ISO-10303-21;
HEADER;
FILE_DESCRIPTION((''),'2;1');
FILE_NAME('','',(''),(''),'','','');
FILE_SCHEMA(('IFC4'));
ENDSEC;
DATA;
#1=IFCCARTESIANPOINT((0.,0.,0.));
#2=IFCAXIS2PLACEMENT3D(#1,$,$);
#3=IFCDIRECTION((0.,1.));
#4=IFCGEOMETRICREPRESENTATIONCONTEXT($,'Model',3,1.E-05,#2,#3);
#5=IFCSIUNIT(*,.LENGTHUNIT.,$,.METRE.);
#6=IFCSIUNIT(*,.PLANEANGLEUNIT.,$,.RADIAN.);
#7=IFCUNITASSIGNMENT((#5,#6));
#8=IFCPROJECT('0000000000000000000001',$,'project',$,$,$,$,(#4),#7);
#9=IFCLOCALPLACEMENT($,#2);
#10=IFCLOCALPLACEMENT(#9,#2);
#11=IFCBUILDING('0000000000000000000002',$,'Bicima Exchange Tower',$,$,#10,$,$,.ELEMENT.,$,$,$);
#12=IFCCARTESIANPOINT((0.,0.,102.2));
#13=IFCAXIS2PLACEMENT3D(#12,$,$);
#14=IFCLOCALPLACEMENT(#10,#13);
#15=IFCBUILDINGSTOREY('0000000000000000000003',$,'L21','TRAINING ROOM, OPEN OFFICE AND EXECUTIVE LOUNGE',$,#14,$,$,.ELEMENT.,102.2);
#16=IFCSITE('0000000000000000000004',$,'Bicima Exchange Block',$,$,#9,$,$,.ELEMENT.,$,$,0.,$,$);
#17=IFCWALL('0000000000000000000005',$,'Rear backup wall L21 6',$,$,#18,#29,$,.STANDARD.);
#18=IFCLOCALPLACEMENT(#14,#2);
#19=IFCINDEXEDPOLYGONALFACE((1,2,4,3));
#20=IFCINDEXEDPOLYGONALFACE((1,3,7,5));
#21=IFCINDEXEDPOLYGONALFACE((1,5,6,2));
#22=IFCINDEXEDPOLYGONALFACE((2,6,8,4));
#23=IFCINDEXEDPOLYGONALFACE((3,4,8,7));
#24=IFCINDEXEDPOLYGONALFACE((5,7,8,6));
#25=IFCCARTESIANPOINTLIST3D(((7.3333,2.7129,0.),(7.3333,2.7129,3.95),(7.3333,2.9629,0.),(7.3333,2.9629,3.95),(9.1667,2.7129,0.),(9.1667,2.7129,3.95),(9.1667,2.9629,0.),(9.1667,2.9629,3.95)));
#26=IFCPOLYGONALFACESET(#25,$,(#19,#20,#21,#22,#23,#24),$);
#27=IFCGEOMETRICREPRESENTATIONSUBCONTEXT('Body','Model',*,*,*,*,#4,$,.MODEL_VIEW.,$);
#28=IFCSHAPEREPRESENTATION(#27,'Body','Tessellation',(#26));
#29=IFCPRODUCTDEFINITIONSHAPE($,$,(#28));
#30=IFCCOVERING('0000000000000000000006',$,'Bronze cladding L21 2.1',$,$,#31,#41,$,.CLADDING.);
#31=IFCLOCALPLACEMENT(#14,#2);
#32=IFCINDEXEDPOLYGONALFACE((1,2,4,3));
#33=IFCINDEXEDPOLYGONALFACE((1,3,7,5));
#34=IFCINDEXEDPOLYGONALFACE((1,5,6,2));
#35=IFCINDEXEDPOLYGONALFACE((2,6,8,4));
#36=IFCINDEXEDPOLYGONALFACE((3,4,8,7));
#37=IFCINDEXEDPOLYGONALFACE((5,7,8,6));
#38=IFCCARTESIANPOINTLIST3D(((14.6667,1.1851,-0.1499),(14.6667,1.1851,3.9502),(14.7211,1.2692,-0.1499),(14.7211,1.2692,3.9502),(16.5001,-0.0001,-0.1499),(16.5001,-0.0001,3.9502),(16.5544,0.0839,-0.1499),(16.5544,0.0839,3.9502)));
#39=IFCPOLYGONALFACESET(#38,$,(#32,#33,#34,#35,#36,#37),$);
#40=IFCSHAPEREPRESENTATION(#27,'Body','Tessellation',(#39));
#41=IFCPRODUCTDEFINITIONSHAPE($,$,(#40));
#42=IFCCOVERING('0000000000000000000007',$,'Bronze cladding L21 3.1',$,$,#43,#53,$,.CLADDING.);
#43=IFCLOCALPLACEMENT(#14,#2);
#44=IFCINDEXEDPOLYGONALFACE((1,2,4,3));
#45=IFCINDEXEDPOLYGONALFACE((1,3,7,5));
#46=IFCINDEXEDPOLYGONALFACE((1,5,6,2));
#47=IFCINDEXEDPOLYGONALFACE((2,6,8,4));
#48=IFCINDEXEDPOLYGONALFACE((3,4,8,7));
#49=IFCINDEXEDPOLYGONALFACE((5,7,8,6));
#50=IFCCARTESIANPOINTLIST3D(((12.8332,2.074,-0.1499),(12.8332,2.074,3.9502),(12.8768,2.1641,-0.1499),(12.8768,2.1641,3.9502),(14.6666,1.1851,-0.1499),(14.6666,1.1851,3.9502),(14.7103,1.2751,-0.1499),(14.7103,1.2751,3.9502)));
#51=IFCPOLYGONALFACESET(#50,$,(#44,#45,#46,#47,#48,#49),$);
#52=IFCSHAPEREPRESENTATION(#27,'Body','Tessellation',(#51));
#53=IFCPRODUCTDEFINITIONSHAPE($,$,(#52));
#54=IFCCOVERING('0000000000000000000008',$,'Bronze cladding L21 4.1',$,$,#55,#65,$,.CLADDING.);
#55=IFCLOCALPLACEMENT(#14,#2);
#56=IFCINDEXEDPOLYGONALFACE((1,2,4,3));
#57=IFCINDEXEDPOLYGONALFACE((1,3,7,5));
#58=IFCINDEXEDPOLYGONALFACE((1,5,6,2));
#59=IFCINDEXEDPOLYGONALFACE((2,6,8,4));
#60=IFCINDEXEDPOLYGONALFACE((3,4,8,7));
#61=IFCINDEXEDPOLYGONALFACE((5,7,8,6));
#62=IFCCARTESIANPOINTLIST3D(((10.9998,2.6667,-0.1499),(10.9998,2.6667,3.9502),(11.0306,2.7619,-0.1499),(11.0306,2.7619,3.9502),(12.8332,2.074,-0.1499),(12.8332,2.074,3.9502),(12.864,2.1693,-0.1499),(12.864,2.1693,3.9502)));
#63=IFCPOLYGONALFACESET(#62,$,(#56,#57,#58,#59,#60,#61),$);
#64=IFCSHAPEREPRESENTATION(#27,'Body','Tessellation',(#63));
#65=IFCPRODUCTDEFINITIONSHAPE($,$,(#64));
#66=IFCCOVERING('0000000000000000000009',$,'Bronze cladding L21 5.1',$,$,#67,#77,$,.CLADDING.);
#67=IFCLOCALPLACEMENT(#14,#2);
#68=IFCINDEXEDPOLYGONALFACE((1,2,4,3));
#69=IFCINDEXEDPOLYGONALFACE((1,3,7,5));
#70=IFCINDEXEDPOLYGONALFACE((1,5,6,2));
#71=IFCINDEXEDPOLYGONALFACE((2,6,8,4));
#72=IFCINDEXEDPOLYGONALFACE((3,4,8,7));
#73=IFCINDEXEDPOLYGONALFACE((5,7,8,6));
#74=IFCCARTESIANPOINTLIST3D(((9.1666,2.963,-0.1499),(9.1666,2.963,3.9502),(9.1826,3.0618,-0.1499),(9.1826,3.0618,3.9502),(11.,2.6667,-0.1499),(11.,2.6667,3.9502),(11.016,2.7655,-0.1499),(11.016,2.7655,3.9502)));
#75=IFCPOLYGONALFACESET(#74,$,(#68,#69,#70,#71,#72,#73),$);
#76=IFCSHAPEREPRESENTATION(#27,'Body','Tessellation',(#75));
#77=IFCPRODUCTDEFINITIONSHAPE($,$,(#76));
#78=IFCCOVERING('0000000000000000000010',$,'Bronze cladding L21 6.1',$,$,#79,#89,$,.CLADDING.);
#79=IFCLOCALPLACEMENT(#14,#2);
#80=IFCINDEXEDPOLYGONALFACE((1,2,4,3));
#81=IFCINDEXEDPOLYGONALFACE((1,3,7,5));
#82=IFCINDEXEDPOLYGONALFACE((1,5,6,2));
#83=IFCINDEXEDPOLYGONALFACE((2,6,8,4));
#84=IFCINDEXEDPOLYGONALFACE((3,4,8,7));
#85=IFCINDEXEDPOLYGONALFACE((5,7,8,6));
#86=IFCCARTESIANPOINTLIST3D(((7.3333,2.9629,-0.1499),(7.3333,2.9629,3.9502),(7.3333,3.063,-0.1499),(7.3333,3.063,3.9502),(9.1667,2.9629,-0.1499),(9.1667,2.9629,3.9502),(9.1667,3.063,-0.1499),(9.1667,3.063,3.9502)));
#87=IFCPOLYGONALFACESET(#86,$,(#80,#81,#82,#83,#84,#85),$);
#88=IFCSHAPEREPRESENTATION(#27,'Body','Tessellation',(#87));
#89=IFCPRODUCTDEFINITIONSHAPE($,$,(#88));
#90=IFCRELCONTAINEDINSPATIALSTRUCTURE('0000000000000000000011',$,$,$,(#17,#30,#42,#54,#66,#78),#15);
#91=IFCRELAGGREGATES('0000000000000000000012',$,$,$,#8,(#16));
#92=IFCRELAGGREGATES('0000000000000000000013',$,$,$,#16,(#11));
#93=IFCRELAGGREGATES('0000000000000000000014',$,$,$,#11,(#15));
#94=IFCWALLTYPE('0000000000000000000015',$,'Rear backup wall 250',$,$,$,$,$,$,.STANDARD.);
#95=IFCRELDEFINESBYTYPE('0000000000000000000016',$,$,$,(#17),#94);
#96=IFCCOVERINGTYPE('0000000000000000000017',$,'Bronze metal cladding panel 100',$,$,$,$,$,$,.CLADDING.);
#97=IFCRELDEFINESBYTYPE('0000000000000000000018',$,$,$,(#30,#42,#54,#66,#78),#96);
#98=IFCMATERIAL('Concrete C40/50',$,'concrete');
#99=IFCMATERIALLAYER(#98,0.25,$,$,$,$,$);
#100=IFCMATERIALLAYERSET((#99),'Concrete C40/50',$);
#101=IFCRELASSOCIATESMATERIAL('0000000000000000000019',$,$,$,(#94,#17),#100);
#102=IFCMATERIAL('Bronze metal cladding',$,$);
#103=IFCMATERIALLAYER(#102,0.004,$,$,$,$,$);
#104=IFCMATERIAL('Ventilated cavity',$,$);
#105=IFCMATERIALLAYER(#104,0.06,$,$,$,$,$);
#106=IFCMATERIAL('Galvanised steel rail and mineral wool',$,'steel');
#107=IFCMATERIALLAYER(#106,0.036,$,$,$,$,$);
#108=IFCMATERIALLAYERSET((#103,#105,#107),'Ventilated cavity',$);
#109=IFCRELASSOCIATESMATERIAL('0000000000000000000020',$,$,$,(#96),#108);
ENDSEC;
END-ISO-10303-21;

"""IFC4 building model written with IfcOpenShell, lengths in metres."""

from ifc_helpers import new_model, si_unit, direction, frame, frame_2d, origin, origin_2d, place, context, subcontext, project, spatial, rectangle, extrude, material, layer, layer_set, layer_usage, type_object, element, save


model = new_model("IFC4")

# Units and contexts
model_context = context("Model", 3, precision=1e-05, world=origin(), true_north=direction((0.0, 1.0)))
body_context = subcontext(model_context, "Body", "Model", "MODEL_VIEW")
ifc_project = project(units=[si_unit("LENGTHUNIT", "METRE"), si_unit("PLANEANGLEUNIT", "RADIAN")], contexts=[model_context])

# Site, building, storey
site_placement = place(None, origin())
site = spatial("IfcSite", under=ifc_project, at=site_placement, Name="Bicima Exchange Block", CompositionType="ELEMENT", RefElevation=0.0)
building_placement = place(site_placement, origin())
building = spatial("IfcBuilding", under=site, at=building_placement, Name="Bicima Exchange Tower", CompositionType="ELEMENT")
storey_placement = place(building_placement, frame((0.0, 0.0, 102.2)))
storey = spatial("IfcBuildingStorey", under=building, at=storey_placement, Name="L21", Description="TRAINING ROOM, OPEN OFFICE AND EXECUTIVE LOUNGE", CompositionType="ELEMENT", Elevation=102.2)

# Wall
ifc_material_1 = material(Name="Concrete C40/50", Category="concrete")
ifc_layer_1 = layer(ifc_material_1, 0.25)
ifc_layer_set_1 = layer_set([ifc_layer_1], Name="Concrete C40/50")
ifc_layer_usage = layer_usage(ifc_layer_set_1, "AXIS2", "POSITIVE", -0.125)
wall_type_1 = type_object("IfcWallType", Name="Rear backup wall 250", PredefinedType="STANDARD", material=ifc_layer_set_1)
wall_1_placement = place(storey_placement, frame((9.1667, 2.8379, 0.0), z_axis=(0.0, 0.0, 1.0), x_axis=(-1.0, 0.0, 0.0)))
element("IfcWall", 1, at=wall_1_placement, inside=storey, type_object=wall_type_1, material=ifc_layer_usage, Name="Rear backup wall L21 6", PredefinedType="STANDARD", context=body_context, shape_type="SweptSolid", body=[
    extrude(rectangle(XDim=1.8335, YDim=0.25, at=frame_2d((0.9167, 0.0))), origin(), (0.0, 0.0, 1.0), 3.95),
])

# Coverings
ifc_material_2 = material(Name="Bronze metal cladding")
ifc_layer_2 = layer(ifc_material_2, 0.004)
ifc_material_3 = material(Name="Ventilated cavity")
ifc_layer_3 = layer(ifc_material_3, 0.06)
ifc_material_4 = material(Name="Galvanised steel rail and mineral wool", Category="steel")
ifc_layer_4 = layer(ifc_material_4, 0.036)
ifc_layer_set_2 = layer_set([ifc_layer_2, ifc_layer_3, ifc_layer_4], Name="Ventilated cavity")
covering_type = type_object("IfcCoveringType", Name="Bronze metal cladding panel 100", PredefinedType="CLADDING", material=ifc_layer_set_2)
covering_1_placement = place(storey_placement, frame((15.6106, 0.6345, -0.1499), z_axis=(0.0, 0.0, 1.0), x_axis=(-0.83979, 0.542911, 0.0)))
element("IfcCovering", 2, at=covering_1_placement, inside=storey, type_object=covering_type, Name="Bronze cladding L21 2.1", PredefinedType="CLADDING", context=body_context, shape_type="SweptSolid", body=[
    extrude(rectangle(XDim=2.1831, YDim=0.1001, at=origin_2d()), origin(), (0.0, 0.0, 1.0), 4.1001),
])
covering_2_placement = place(storey_placement, frame((13.7717, 1.6746, -0.1499), z_axis=(0.0, 0.0, 1.0), x_axis=(-0.899818, 0.436265, 0.0)))
element("IfcCovering", 3, at=covering_2_placement, inside=storey, type_object=covering_type, Name="Bronze cladding L21 3.1", PredefinedType="CLADDING", context=body_context, shape_type="SweptSolid", body=[
    extrude(rectangle(XDim=2.0376, YDim=0.1001, at=origin_2d()), origin(), (0.0, 0.0, 1.0), 4.1001),
])
covering_3_placement = place(storey_placement, frame((11.9319, 2.418, -0.1499), z_axis=(0.0, 0.0, 1.0), x_axis=(-0.951525, 0.307573, 0.0)))
element("IfcCovering", 4, at=covering_3_placement, inside=storey, type_object=covering_type, Name="Bronze cladding L21 4.1", PredefinedType="CLADDING", context=body_context, shape_type="SweptSolid", body=[
    extrude(rectangle(XDim=1.9268, YDim=0.1001, at=origin_2d()), origin(), (0.0, 0.0, 1.0), 4.1001),
])
covering_4_placement = place(storey_placement, frame((10.0913, 2.8643, -0.1499), z_axis=(0.0, 0.0, 1.0), x_axis=(-0.98719, 0.15955, 0.0)))
element("IfcCovering", 5, at=covering_4_placement, inside=storey, type_object=covering_type, Name="Bronze cladding L21 5.1", PredefinedType="CLADDING", context=body_context, shape_type="SweptSolid", body=[
    extrude(rectangle(XDim=1.8572, YDim=0.1001, at=origin_2d()), origin(), (0.0, 0.0, 1.0), 4.1001),
])
covering_5_placement = place(storey_placement, frame((8.25, 3.0129, -0.1499), z_axis=(0.0, 0.0, 1.0), x_axis=(-1.0, 0.0, 0.0)))
element("IfcCovering", 6, at=covering_5_placement, inside=storey, type_object=covering_type, Name="Bronze cladding L21 6.1", PredefinedType="CLADDING", context=body_context, shape_type="SweptSolid", body=[
    extrude(rectangle(XDim=1.8335, YDim=0.1001, at=origin_2d()), origin(), (0.0, 0.0, 1.0), 4.1001),
])

save(model, "model.ifc")
